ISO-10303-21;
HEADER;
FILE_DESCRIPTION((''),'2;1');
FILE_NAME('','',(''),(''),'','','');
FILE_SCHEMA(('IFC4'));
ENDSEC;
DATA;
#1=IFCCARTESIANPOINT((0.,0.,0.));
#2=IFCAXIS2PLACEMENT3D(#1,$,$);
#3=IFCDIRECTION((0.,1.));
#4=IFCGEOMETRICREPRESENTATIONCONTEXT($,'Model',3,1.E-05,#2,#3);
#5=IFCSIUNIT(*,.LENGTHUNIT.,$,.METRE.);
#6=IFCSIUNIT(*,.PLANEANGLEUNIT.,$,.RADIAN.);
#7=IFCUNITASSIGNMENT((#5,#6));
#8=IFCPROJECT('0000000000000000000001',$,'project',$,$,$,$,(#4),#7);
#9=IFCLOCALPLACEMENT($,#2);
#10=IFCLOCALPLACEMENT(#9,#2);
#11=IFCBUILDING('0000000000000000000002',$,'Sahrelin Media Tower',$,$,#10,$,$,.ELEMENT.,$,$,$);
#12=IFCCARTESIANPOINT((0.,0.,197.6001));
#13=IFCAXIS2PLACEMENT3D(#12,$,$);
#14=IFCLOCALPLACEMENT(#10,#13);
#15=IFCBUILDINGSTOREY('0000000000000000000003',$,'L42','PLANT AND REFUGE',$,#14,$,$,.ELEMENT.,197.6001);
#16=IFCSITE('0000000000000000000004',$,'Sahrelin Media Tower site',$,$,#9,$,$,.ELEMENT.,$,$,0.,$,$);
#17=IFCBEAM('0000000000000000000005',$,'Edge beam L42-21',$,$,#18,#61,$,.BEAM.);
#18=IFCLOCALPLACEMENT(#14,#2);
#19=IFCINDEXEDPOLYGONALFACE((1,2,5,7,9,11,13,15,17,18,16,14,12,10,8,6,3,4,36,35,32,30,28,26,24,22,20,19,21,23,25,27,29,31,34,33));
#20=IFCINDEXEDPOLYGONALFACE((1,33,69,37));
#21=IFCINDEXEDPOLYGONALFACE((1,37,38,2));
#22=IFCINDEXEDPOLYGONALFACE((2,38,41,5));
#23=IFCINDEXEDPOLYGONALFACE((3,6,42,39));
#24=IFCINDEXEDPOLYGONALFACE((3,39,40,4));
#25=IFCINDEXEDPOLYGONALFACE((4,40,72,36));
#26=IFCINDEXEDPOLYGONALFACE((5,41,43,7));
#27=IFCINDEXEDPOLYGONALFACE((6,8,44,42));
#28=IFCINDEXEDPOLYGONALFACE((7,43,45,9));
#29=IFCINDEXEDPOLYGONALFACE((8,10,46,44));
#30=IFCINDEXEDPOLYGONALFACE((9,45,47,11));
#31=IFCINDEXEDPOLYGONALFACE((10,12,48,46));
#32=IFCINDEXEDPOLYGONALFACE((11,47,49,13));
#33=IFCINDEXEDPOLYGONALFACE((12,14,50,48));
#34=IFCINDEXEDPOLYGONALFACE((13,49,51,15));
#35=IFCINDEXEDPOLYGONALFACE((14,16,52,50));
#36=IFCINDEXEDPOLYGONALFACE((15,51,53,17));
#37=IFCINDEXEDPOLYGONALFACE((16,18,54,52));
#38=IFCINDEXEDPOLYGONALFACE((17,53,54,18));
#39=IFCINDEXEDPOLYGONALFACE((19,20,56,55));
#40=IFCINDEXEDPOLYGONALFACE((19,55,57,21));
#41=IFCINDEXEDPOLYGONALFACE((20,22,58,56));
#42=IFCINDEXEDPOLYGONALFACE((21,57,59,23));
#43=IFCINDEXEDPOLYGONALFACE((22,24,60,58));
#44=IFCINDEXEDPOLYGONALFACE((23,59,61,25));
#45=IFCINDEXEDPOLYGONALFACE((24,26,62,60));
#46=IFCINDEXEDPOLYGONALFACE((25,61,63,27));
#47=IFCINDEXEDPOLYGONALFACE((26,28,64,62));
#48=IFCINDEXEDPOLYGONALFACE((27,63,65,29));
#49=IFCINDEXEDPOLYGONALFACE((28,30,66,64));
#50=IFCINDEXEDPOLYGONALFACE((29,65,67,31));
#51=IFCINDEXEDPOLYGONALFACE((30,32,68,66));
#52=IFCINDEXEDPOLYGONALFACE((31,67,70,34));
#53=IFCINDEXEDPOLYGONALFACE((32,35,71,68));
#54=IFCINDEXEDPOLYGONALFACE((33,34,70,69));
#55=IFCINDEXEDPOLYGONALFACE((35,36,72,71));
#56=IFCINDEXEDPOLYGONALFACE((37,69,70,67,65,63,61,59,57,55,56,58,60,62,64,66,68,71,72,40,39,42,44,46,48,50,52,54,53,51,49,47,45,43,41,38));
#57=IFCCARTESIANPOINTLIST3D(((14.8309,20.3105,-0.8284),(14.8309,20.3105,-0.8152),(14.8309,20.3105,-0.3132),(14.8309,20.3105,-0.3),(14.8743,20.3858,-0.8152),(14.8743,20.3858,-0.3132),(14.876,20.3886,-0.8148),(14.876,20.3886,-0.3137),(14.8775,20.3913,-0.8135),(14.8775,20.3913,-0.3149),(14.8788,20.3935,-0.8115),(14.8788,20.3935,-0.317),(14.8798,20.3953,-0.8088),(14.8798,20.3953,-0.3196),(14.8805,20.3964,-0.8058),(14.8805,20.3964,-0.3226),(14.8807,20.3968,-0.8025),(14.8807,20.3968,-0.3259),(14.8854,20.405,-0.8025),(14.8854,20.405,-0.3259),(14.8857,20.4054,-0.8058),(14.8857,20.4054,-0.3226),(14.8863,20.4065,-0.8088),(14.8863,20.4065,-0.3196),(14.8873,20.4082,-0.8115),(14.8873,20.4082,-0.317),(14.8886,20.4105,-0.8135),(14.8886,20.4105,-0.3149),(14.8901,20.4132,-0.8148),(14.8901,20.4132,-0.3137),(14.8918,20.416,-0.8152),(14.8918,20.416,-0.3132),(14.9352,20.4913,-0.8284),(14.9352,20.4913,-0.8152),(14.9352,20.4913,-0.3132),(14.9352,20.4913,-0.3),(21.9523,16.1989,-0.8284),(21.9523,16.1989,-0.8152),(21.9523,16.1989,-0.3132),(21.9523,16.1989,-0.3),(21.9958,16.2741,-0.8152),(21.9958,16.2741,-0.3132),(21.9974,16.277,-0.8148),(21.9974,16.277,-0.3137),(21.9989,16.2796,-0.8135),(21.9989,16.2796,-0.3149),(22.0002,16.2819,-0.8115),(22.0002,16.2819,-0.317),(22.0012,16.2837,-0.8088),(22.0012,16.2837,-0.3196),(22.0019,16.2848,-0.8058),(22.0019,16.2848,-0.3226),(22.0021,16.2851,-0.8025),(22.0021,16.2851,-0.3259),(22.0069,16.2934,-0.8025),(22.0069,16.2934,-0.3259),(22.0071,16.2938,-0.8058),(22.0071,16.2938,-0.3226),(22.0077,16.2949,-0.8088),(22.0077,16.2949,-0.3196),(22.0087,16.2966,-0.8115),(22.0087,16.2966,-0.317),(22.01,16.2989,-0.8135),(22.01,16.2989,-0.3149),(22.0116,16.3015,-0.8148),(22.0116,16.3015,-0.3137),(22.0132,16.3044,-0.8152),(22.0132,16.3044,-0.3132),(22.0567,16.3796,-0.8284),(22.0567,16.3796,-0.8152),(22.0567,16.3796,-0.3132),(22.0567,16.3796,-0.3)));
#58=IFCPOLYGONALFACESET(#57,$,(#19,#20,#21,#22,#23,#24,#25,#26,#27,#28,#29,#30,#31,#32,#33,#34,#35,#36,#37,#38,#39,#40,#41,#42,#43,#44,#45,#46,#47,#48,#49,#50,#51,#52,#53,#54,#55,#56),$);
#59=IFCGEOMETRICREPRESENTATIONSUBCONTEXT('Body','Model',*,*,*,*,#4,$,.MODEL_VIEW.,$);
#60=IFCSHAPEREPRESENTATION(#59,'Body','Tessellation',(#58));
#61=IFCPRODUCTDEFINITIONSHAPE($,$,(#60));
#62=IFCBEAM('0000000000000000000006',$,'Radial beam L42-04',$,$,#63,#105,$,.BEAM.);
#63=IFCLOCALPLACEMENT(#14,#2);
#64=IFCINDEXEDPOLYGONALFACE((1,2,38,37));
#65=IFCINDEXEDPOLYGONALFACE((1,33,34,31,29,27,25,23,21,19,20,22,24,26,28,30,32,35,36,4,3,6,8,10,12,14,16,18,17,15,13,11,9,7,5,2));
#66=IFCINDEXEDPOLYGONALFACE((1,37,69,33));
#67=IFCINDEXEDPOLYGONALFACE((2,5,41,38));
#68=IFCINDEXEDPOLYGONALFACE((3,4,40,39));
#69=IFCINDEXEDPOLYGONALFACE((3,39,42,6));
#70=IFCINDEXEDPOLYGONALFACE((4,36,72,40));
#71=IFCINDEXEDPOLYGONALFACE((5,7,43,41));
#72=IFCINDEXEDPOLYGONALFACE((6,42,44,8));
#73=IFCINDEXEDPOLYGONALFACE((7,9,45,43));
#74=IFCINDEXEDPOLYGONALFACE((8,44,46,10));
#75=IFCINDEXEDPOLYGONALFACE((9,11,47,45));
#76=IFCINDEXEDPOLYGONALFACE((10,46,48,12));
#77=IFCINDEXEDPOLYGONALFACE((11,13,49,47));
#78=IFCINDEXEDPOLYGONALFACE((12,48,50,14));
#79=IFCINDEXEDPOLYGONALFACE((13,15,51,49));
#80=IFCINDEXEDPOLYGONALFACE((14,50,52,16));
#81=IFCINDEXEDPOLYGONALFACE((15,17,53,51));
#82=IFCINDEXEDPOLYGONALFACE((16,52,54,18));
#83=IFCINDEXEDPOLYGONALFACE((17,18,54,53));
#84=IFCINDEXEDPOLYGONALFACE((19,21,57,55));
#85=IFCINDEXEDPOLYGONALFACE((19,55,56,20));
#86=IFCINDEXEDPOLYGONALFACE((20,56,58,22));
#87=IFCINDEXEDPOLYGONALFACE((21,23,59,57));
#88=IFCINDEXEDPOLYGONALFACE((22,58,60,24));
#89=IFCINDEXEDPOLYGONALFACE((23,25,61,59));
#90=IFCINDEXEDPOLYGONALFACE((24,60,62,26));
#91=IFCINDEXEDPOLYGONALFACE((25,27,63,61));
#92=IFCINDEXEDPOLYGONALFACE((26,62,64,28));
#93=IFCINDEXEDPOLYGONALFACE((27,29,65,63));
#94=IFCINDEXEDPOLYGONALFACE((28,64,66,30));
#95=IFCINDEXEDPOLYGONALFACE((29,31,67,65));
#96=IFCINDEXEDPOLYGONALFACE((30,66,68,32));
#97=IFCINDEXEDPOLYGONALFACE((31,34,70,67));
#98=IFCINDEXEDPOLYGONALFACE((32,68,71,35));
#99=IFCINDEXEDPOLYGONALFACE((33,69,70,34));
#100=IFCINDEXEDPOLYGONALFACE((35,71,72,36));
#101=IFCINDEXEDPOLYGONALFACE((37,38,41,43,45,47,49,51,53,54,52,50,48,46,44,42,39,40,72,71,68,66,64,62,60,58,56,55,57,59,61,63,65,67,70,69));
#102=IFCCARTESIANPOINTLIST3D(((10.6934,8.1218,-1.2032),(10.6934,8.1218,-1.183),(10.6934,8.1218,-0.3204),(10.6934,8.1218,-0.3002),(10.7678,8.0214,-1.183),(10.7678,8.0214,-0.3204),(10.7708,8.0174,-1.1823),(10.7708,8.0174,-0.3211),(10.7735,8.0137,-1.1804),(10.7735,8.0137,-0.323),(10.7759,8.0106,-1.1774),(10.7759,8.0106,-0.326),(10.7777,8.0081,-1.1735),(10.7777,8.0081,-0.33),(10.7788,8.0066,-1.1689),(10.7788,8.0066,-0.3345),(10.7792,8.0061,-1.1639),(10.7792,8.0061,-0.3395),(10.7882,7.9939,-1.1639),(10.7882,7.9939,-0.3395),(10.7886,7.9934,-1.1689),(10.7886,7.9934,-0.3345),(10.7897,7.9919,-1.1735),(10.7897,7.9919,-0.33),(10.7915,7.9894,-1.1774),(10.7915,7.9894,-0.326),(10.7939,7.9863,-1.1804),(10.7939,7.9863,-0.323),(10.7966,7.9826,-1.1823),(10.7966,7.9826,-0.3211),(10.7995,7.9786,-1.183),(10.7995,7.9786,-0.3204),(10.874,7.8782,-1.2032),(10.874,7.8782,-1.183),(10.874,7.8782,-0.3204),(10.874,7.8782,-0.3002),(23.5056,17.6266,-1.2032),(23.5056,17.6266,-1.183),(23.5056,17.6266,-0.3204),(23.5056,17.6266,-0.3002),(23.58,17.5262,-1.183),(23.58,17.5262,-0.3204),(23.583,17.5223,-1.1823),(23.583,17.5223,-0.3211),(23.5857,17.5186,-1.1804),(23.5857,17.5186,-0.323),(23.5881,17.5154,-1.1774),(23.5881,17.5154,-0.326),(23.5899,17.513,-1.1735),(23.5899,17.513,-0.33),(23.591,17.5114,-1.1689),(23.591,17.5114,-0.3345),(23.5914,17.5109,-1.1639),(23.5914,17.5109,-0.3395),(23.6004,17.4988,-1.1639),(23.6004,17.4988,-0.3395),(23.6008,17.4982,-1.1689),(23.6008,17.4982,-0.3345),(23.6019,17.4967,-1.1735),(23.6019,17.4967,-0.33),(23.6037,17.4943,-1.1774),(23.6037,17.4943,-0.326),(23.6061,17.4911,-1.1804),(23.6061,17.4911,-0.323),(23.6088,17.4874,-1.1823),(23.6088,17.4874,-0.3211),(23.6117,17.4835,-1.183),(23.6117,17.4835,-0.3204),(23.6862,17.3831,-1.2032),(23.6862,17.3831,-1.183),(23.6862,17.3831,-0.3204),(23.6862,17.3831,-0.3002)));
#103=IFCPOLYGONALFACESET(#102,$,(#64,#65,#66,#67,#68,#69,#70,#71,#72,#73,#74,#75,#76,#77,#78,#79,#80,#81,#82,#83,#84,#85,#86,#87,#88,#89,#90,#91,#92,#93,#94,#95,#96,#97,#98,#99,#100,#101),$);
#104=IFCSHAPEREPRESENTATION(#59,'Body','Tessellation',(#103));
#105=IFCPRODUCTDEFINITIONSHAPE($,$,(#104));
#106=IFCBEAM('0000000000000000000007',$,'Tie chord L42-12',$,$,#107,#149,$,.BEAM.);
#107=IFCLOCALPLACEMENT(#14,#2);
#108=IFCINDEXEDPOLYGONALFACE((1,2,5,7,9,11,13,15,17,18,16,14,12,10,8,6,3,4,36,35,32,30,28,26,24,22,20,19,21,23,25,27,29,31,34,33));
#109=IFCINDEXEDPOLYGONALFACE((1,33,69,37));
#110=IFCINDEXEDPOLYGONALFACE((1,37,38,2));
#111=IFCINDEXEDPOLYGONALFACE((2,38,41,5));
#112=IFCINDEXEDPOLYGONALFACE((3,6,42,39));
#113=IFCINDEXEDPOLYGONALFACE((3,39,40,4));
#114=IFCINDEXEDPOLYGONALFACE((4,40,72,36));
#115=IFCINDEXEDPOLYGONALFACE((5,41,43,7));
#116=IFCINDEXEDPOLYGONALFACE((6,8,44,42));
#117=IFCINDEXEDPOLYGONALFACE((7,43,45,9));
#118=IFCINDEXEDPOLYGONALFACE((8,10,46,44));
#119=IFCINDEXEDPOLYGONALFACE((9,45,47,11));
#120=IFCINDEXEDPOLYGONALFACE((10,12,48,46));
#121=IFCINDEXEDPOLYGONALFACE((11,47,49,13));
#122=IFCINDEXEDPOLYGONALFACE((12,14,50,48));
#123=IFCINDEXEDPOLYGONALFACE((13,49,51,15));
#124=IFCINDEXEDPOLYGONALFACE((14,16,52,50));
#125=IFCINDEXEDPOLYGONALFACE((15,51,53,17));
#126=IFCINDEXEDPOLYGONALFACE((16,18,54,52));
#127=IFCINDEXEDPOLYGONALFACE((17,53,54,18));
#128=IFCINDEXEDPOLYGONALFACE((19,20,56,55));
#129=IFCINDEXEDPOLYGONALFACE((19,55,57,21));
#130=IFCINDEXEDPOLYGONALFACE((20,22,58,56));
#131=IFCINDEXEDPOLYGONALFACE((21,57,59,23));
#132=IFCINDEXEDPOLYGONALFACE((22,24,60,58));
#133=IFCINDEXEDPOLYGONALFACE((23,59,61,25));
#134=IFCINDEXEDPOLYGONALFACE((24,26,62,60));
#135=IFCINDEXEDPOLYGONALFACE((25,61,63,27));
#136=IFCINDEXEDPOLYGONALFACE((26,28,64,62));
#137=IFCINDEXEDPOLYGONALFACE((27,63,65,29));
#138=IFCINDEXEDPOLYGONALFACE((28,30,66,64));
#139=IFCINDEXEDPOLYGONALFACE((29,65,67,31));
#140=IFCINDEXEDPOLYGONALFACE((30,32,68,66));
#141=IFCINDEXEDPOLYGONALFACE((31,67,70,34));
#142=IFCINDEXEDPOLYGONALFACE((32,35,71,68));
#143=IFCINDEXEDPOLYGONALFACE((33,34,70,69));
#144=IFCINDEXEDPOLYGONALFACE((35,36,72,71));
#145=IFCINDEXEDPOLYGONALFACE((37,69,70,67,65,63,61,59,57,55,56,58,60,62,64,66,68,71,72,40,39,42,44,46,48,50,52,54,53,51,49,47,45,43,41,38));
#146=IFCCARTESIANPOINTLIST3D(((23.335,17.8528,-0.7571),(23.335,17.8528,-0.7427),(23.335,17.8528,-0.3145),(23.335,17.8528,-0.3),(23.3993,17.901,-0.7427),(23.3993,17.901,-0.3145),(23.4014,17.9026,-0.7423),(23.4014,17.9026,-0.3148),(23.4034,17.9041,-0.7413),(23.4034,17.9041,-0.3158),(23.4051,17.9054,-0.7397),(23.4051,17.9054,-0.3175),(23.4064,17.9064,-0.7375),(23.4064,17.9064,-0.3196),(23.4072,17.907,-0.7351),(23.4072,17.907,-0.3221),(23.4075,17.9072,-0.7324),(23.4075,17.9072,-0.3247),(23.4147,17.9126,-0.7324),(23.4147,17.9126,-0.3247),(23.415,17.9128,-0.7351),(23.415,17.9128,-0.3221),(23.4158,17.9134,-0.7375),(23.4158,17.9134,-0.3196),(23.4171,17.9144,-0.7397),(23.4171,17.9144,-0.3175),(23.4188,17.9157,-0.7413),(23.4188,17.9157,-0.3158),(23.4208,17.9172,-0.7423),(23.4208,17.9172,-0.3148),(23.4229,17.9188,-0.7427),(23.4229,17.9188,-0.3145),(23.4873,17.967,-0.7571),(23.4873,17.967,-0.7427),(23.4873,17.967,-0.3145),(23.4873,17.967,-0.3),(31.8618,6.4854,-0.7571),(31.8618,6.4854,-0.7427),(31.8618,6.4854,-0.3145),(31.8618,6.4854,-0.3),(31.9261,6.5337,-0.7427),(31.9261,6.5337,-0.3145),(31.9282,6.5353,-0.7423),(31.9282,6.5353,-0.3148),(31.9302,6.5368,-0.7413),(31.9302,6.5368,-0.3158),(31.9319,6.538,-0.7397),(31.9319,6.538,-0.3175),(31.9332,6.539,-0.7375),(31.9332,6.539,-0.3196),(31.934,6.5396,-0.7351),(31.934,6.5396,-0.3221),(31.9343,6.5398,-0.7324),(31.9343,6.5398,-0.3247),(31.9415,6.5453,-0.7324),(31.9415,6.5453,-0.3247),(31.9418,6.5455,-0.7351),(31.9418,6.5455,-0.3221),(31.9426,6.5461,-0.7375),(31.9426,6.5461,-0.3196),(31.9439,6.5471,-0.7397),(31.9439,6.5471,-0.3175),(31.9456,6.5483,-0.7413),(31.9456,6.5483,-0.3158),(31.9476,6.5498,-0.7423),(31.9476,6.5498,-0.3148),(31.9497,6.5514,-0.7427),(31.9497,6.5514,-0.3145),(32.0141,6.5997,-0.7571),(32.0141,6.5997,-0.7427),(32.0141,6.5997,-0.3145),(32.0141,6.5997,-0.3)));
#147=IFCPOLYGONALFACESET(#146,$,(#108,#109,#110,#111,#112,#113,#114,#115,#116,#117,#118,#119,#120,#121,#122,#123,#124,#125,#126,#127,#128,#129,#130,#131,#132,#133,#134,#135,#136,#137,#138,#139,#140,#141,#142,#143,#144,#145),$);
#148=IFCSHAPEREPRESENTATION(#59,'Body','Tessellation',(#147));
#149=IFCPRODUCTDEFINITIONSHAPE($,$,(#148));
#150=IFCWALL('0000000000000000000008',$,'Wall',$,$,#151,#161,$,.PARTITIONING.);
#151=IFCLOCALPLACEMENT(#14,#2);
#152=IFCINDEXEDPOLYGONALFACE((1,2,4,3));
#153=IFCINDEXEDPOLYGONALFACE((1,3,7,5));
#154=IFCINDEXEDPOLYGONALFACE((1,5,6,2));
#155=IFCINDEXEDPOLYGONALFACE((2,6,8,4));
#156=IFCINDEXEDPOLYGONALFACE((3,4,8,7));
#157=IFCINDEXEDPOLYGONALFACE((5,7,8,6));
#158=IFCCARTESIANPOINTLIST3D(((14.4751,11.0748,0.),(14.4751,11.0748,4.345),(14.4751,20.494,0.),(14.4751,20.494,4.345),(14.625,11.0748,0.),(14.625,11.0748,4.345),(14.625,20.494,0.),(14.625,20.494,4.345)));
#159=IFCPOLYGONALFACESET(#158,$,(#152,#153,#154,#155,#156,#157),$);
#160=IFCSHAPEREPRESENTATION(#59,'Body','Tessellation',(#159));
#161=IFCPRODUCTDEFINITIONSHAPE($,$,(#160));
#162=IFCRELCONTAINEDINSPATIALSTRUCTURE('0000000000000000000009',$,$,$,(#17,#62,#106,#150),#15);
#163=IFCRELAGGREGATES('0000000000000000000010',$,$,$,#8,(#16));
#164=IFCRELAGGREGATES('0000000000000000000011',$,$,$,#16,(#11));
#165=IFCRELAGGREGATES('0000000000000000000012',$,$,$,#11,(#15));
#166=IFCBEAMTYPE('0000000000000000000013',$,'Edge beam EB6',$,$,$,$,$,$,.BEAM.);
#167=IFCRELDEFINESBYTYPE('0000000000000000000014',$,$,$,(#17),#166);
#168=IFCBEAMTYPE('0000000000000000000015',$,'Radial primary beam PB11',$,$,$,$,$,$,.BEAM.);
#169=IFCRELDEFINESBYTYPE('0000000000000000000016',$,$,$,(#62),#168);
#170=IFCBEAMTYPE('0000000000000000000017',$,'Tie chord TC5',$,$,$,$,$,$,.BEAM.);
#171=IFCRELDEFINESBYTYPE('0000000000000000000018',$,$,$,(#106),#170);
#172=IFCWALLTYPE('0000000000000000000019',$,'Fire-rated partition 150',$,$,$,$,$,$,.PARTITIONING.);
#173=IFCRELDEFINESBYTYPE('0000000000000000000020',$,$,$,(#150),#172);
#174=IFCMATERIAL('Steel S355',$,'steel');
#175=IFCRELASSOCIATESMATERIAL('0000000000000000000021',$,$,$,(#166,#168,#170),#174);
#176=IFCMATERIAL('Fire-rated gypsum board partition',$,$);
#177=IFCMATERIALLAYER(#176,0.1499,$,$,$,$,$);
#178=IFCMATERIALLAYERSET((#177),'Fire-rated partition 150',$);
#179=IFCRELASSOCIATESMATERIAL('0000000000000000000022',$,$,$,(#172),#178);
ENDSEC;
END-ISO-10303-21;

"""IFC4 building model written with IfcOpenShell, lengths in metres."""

from ifc_helpers import new_model, si_unit, direction, frame, frame_2d, origin, origin_2d, place, context, subcontext, project, spatial, rectangle, i_section, extrude, material, layer, layer_set, material_profile, profile_set, type_object, element, save


model = new_model("IFC4")

# Units and contexts
model_context = context("Model", 3, precision=1e-05, world=origin(), true_north=direction((0.0, 1.0)))
body_context = subcontext(model_context, "Body", "Model", "MODEL_VIEW")
ifc_project = project(units=[si_unit("LENGTHUNIT", "METRE"), si_unit("PLANEANGLEUNIT", "RADIAN")], contexts=[model_context])

# Site, building, storey
site_placement = place(None, origin())
site = spatial("IfcSite", under=ifc_project, at=site_placement, Name="Sahrelin Media Tower site", CompositionType="ELEMENT", RefElevation=0.0)
building_placement = place(site_placement, origin())
building = spatial("IfcBuilding", under=site, at=building_placement, Name="Sahrelin Media Tower", CompositionType="ELEMENT")
storey_placement = place(building_placement, frame((0.0, 0.0, 197.6001)))
storey = spatial("IfcBuildingStorey", under=building, at=storey_placement, Name="L42", Description="PLANT AND REFUGE", CompositionType="ELEMENT", Elevation=197.6001)

# Beams
ifc_material_1 = material(Name="Steel S355", Category="steel")
ifc_material_profile_1 = material_profile(ifc_material_1, i_section(OverallWidth=0.2087, OverallDepth=0.5283, WebThickness=0.0095, FlangeThickness=0.0132, FilletRadius=0.0127, at=origin_2d()), Name="UB 533x210x82")
ifc_profile_set_1 = profile_set([ifc_material_profile_1], Name="Steel S355")
beam_type_1 = type_object("IfcBeamType", Name="Edge beam EB6", PredefinedType="BEAM", material=ifc_profile_set_1)
beam_1_placement = place(storey_placement, frame((14.8831, 20.4009, -0.5642), z_axis=(0.866022, -0.500006, 0.0), x_axis=(0.500006, 0.866022, 0.0)))
element("IfcBeam", 1, at=beam_1_placement, inside=storey, type_object=beam_type_1, Name="Edge beam L42-21", PredefinedType="BEAM", context=body_context, shape_type="SweptSolid", body=[
    extrude(i_section(OverallWidth=0.2087, OverallDepth=0.5283, WebThickness=0.0095, FlangeThickness=0.0132, FilletRadius=0.0127, at=origin_2d()), origin(), (0.0, 0.0, 1.0), 8.2231),
])
ifc_material_profile_2 = material_profile(ifc_material_1, i_section(OverallWidth=0.3032, OverallDepth=0.9031, WebThickness=0.0151, FlangeThickness=0.0203, FilletRadius=0.019, at=origin_2d()), Name="UB 914x305x201")
ifc_profile_set_2 = profile_set([ifc_material_profile_2], Name="Steel S355")
beam_type_2 = type_object("IfcBeamType", Name="Radial primary beam PB11", PredefinedType="BEAM", material=ifc_profile_set_2)
beam_2_placement = place(storey_placement, frame((10.7837, 8.0, -0.7517), z_axis=(0.803128, 0.595807, 0.0), x_axis=(-0.595807, 0.803128, 0.0)))
element("IfcBeam", 2, at=beam_2_placement, inside=storey, type_object=beam_type_2, Name="Radial beam L42-04", PredefinedType="BEAM", context=body_context, shape_type="SweptSolid", body=[
    extrude(i_section(OverallWidth=0.3032, OverallDepth=0.9031, WebThickness=0.0151, FlangeThickness=0.0203, FilletRadius=0.019, at=origin_2d()), origin(), (0.0, 0.0, 1.0), 15.9529),
])
ifc_material_profile_3 = material_profile(ifc_material_1, i_section(OverallWidth=0.1904, OverallDepth=0.457, WebThickness=0.009, FlangeThickness=0.0144, FilletRadius=0.0103, at=origin_2d()), Name="UB 457x191x74")
ifc_profile_set_3 = profile_set([ifc_material_profile_3], Name="Steel S355")
beam_type_3 = type_object("IfcBeamType", Name="Tie chord TC5", PredefinedType="BEAM", material=ifc_profile_set_3)
beam_3_placement = place(storey_placement, frame((23.4111, 17.9099, -0.5286), z_axis=(0.600058, -0.799957, 0.0), x_axis=(0.799957, 0.600058, 0.0)))
element("IfcBeam", 3, at=beam_3_placement, inside=storey, type_object=beam_type_3, Name="Tie chord L42-12", PredefinedType="BEAM", context=body_context, shape_type="SweptSolid", body=[
    extrude(i_section(OverallWidth=0.1904, OverallDepth=0.457, WebThickness=0.009, FlangeThickness=0.0144, FilletRadius=0.0103, at=origin_2d()), origin(), (0.0, 0.0, 1.0), 14.21),
])

# Wall
ifc_material_2 = material(Name="Fire-rated gypsum board partition")
ifc_layer = layer(ifc_material_2, 0.1499)
ifc_layer_set = layer_set([ifc_layer], Name="Fire-rated partition 150")
wall_type = type_object("IfcWallType", Name="Fire-rated partition 150", PredefinedType="PARTITIONING", material=ifc_layer_set)
wall_placement = place(storey_placement, frame((14.55, 11.075, 0.0), z_axis=(0.0, 0.0, 1.0), x_axis=(0.0, 1.0, 0.0)))
element("IfcWall", 4, at=wall_placement, inside=storey, type_object=wall_type, Name="Wall", PredefinedType="PARTITIONING", context=body_context, shape_type="SweptSolid", body=[
    extrude(rectangle(XDim=9.4192, YDim=0.1499, at=frame_2d((4.7095, 0.0))), origin(), (0.0, 0.0, 1.0), 4.345),
])

save(model, "model.ifc")
